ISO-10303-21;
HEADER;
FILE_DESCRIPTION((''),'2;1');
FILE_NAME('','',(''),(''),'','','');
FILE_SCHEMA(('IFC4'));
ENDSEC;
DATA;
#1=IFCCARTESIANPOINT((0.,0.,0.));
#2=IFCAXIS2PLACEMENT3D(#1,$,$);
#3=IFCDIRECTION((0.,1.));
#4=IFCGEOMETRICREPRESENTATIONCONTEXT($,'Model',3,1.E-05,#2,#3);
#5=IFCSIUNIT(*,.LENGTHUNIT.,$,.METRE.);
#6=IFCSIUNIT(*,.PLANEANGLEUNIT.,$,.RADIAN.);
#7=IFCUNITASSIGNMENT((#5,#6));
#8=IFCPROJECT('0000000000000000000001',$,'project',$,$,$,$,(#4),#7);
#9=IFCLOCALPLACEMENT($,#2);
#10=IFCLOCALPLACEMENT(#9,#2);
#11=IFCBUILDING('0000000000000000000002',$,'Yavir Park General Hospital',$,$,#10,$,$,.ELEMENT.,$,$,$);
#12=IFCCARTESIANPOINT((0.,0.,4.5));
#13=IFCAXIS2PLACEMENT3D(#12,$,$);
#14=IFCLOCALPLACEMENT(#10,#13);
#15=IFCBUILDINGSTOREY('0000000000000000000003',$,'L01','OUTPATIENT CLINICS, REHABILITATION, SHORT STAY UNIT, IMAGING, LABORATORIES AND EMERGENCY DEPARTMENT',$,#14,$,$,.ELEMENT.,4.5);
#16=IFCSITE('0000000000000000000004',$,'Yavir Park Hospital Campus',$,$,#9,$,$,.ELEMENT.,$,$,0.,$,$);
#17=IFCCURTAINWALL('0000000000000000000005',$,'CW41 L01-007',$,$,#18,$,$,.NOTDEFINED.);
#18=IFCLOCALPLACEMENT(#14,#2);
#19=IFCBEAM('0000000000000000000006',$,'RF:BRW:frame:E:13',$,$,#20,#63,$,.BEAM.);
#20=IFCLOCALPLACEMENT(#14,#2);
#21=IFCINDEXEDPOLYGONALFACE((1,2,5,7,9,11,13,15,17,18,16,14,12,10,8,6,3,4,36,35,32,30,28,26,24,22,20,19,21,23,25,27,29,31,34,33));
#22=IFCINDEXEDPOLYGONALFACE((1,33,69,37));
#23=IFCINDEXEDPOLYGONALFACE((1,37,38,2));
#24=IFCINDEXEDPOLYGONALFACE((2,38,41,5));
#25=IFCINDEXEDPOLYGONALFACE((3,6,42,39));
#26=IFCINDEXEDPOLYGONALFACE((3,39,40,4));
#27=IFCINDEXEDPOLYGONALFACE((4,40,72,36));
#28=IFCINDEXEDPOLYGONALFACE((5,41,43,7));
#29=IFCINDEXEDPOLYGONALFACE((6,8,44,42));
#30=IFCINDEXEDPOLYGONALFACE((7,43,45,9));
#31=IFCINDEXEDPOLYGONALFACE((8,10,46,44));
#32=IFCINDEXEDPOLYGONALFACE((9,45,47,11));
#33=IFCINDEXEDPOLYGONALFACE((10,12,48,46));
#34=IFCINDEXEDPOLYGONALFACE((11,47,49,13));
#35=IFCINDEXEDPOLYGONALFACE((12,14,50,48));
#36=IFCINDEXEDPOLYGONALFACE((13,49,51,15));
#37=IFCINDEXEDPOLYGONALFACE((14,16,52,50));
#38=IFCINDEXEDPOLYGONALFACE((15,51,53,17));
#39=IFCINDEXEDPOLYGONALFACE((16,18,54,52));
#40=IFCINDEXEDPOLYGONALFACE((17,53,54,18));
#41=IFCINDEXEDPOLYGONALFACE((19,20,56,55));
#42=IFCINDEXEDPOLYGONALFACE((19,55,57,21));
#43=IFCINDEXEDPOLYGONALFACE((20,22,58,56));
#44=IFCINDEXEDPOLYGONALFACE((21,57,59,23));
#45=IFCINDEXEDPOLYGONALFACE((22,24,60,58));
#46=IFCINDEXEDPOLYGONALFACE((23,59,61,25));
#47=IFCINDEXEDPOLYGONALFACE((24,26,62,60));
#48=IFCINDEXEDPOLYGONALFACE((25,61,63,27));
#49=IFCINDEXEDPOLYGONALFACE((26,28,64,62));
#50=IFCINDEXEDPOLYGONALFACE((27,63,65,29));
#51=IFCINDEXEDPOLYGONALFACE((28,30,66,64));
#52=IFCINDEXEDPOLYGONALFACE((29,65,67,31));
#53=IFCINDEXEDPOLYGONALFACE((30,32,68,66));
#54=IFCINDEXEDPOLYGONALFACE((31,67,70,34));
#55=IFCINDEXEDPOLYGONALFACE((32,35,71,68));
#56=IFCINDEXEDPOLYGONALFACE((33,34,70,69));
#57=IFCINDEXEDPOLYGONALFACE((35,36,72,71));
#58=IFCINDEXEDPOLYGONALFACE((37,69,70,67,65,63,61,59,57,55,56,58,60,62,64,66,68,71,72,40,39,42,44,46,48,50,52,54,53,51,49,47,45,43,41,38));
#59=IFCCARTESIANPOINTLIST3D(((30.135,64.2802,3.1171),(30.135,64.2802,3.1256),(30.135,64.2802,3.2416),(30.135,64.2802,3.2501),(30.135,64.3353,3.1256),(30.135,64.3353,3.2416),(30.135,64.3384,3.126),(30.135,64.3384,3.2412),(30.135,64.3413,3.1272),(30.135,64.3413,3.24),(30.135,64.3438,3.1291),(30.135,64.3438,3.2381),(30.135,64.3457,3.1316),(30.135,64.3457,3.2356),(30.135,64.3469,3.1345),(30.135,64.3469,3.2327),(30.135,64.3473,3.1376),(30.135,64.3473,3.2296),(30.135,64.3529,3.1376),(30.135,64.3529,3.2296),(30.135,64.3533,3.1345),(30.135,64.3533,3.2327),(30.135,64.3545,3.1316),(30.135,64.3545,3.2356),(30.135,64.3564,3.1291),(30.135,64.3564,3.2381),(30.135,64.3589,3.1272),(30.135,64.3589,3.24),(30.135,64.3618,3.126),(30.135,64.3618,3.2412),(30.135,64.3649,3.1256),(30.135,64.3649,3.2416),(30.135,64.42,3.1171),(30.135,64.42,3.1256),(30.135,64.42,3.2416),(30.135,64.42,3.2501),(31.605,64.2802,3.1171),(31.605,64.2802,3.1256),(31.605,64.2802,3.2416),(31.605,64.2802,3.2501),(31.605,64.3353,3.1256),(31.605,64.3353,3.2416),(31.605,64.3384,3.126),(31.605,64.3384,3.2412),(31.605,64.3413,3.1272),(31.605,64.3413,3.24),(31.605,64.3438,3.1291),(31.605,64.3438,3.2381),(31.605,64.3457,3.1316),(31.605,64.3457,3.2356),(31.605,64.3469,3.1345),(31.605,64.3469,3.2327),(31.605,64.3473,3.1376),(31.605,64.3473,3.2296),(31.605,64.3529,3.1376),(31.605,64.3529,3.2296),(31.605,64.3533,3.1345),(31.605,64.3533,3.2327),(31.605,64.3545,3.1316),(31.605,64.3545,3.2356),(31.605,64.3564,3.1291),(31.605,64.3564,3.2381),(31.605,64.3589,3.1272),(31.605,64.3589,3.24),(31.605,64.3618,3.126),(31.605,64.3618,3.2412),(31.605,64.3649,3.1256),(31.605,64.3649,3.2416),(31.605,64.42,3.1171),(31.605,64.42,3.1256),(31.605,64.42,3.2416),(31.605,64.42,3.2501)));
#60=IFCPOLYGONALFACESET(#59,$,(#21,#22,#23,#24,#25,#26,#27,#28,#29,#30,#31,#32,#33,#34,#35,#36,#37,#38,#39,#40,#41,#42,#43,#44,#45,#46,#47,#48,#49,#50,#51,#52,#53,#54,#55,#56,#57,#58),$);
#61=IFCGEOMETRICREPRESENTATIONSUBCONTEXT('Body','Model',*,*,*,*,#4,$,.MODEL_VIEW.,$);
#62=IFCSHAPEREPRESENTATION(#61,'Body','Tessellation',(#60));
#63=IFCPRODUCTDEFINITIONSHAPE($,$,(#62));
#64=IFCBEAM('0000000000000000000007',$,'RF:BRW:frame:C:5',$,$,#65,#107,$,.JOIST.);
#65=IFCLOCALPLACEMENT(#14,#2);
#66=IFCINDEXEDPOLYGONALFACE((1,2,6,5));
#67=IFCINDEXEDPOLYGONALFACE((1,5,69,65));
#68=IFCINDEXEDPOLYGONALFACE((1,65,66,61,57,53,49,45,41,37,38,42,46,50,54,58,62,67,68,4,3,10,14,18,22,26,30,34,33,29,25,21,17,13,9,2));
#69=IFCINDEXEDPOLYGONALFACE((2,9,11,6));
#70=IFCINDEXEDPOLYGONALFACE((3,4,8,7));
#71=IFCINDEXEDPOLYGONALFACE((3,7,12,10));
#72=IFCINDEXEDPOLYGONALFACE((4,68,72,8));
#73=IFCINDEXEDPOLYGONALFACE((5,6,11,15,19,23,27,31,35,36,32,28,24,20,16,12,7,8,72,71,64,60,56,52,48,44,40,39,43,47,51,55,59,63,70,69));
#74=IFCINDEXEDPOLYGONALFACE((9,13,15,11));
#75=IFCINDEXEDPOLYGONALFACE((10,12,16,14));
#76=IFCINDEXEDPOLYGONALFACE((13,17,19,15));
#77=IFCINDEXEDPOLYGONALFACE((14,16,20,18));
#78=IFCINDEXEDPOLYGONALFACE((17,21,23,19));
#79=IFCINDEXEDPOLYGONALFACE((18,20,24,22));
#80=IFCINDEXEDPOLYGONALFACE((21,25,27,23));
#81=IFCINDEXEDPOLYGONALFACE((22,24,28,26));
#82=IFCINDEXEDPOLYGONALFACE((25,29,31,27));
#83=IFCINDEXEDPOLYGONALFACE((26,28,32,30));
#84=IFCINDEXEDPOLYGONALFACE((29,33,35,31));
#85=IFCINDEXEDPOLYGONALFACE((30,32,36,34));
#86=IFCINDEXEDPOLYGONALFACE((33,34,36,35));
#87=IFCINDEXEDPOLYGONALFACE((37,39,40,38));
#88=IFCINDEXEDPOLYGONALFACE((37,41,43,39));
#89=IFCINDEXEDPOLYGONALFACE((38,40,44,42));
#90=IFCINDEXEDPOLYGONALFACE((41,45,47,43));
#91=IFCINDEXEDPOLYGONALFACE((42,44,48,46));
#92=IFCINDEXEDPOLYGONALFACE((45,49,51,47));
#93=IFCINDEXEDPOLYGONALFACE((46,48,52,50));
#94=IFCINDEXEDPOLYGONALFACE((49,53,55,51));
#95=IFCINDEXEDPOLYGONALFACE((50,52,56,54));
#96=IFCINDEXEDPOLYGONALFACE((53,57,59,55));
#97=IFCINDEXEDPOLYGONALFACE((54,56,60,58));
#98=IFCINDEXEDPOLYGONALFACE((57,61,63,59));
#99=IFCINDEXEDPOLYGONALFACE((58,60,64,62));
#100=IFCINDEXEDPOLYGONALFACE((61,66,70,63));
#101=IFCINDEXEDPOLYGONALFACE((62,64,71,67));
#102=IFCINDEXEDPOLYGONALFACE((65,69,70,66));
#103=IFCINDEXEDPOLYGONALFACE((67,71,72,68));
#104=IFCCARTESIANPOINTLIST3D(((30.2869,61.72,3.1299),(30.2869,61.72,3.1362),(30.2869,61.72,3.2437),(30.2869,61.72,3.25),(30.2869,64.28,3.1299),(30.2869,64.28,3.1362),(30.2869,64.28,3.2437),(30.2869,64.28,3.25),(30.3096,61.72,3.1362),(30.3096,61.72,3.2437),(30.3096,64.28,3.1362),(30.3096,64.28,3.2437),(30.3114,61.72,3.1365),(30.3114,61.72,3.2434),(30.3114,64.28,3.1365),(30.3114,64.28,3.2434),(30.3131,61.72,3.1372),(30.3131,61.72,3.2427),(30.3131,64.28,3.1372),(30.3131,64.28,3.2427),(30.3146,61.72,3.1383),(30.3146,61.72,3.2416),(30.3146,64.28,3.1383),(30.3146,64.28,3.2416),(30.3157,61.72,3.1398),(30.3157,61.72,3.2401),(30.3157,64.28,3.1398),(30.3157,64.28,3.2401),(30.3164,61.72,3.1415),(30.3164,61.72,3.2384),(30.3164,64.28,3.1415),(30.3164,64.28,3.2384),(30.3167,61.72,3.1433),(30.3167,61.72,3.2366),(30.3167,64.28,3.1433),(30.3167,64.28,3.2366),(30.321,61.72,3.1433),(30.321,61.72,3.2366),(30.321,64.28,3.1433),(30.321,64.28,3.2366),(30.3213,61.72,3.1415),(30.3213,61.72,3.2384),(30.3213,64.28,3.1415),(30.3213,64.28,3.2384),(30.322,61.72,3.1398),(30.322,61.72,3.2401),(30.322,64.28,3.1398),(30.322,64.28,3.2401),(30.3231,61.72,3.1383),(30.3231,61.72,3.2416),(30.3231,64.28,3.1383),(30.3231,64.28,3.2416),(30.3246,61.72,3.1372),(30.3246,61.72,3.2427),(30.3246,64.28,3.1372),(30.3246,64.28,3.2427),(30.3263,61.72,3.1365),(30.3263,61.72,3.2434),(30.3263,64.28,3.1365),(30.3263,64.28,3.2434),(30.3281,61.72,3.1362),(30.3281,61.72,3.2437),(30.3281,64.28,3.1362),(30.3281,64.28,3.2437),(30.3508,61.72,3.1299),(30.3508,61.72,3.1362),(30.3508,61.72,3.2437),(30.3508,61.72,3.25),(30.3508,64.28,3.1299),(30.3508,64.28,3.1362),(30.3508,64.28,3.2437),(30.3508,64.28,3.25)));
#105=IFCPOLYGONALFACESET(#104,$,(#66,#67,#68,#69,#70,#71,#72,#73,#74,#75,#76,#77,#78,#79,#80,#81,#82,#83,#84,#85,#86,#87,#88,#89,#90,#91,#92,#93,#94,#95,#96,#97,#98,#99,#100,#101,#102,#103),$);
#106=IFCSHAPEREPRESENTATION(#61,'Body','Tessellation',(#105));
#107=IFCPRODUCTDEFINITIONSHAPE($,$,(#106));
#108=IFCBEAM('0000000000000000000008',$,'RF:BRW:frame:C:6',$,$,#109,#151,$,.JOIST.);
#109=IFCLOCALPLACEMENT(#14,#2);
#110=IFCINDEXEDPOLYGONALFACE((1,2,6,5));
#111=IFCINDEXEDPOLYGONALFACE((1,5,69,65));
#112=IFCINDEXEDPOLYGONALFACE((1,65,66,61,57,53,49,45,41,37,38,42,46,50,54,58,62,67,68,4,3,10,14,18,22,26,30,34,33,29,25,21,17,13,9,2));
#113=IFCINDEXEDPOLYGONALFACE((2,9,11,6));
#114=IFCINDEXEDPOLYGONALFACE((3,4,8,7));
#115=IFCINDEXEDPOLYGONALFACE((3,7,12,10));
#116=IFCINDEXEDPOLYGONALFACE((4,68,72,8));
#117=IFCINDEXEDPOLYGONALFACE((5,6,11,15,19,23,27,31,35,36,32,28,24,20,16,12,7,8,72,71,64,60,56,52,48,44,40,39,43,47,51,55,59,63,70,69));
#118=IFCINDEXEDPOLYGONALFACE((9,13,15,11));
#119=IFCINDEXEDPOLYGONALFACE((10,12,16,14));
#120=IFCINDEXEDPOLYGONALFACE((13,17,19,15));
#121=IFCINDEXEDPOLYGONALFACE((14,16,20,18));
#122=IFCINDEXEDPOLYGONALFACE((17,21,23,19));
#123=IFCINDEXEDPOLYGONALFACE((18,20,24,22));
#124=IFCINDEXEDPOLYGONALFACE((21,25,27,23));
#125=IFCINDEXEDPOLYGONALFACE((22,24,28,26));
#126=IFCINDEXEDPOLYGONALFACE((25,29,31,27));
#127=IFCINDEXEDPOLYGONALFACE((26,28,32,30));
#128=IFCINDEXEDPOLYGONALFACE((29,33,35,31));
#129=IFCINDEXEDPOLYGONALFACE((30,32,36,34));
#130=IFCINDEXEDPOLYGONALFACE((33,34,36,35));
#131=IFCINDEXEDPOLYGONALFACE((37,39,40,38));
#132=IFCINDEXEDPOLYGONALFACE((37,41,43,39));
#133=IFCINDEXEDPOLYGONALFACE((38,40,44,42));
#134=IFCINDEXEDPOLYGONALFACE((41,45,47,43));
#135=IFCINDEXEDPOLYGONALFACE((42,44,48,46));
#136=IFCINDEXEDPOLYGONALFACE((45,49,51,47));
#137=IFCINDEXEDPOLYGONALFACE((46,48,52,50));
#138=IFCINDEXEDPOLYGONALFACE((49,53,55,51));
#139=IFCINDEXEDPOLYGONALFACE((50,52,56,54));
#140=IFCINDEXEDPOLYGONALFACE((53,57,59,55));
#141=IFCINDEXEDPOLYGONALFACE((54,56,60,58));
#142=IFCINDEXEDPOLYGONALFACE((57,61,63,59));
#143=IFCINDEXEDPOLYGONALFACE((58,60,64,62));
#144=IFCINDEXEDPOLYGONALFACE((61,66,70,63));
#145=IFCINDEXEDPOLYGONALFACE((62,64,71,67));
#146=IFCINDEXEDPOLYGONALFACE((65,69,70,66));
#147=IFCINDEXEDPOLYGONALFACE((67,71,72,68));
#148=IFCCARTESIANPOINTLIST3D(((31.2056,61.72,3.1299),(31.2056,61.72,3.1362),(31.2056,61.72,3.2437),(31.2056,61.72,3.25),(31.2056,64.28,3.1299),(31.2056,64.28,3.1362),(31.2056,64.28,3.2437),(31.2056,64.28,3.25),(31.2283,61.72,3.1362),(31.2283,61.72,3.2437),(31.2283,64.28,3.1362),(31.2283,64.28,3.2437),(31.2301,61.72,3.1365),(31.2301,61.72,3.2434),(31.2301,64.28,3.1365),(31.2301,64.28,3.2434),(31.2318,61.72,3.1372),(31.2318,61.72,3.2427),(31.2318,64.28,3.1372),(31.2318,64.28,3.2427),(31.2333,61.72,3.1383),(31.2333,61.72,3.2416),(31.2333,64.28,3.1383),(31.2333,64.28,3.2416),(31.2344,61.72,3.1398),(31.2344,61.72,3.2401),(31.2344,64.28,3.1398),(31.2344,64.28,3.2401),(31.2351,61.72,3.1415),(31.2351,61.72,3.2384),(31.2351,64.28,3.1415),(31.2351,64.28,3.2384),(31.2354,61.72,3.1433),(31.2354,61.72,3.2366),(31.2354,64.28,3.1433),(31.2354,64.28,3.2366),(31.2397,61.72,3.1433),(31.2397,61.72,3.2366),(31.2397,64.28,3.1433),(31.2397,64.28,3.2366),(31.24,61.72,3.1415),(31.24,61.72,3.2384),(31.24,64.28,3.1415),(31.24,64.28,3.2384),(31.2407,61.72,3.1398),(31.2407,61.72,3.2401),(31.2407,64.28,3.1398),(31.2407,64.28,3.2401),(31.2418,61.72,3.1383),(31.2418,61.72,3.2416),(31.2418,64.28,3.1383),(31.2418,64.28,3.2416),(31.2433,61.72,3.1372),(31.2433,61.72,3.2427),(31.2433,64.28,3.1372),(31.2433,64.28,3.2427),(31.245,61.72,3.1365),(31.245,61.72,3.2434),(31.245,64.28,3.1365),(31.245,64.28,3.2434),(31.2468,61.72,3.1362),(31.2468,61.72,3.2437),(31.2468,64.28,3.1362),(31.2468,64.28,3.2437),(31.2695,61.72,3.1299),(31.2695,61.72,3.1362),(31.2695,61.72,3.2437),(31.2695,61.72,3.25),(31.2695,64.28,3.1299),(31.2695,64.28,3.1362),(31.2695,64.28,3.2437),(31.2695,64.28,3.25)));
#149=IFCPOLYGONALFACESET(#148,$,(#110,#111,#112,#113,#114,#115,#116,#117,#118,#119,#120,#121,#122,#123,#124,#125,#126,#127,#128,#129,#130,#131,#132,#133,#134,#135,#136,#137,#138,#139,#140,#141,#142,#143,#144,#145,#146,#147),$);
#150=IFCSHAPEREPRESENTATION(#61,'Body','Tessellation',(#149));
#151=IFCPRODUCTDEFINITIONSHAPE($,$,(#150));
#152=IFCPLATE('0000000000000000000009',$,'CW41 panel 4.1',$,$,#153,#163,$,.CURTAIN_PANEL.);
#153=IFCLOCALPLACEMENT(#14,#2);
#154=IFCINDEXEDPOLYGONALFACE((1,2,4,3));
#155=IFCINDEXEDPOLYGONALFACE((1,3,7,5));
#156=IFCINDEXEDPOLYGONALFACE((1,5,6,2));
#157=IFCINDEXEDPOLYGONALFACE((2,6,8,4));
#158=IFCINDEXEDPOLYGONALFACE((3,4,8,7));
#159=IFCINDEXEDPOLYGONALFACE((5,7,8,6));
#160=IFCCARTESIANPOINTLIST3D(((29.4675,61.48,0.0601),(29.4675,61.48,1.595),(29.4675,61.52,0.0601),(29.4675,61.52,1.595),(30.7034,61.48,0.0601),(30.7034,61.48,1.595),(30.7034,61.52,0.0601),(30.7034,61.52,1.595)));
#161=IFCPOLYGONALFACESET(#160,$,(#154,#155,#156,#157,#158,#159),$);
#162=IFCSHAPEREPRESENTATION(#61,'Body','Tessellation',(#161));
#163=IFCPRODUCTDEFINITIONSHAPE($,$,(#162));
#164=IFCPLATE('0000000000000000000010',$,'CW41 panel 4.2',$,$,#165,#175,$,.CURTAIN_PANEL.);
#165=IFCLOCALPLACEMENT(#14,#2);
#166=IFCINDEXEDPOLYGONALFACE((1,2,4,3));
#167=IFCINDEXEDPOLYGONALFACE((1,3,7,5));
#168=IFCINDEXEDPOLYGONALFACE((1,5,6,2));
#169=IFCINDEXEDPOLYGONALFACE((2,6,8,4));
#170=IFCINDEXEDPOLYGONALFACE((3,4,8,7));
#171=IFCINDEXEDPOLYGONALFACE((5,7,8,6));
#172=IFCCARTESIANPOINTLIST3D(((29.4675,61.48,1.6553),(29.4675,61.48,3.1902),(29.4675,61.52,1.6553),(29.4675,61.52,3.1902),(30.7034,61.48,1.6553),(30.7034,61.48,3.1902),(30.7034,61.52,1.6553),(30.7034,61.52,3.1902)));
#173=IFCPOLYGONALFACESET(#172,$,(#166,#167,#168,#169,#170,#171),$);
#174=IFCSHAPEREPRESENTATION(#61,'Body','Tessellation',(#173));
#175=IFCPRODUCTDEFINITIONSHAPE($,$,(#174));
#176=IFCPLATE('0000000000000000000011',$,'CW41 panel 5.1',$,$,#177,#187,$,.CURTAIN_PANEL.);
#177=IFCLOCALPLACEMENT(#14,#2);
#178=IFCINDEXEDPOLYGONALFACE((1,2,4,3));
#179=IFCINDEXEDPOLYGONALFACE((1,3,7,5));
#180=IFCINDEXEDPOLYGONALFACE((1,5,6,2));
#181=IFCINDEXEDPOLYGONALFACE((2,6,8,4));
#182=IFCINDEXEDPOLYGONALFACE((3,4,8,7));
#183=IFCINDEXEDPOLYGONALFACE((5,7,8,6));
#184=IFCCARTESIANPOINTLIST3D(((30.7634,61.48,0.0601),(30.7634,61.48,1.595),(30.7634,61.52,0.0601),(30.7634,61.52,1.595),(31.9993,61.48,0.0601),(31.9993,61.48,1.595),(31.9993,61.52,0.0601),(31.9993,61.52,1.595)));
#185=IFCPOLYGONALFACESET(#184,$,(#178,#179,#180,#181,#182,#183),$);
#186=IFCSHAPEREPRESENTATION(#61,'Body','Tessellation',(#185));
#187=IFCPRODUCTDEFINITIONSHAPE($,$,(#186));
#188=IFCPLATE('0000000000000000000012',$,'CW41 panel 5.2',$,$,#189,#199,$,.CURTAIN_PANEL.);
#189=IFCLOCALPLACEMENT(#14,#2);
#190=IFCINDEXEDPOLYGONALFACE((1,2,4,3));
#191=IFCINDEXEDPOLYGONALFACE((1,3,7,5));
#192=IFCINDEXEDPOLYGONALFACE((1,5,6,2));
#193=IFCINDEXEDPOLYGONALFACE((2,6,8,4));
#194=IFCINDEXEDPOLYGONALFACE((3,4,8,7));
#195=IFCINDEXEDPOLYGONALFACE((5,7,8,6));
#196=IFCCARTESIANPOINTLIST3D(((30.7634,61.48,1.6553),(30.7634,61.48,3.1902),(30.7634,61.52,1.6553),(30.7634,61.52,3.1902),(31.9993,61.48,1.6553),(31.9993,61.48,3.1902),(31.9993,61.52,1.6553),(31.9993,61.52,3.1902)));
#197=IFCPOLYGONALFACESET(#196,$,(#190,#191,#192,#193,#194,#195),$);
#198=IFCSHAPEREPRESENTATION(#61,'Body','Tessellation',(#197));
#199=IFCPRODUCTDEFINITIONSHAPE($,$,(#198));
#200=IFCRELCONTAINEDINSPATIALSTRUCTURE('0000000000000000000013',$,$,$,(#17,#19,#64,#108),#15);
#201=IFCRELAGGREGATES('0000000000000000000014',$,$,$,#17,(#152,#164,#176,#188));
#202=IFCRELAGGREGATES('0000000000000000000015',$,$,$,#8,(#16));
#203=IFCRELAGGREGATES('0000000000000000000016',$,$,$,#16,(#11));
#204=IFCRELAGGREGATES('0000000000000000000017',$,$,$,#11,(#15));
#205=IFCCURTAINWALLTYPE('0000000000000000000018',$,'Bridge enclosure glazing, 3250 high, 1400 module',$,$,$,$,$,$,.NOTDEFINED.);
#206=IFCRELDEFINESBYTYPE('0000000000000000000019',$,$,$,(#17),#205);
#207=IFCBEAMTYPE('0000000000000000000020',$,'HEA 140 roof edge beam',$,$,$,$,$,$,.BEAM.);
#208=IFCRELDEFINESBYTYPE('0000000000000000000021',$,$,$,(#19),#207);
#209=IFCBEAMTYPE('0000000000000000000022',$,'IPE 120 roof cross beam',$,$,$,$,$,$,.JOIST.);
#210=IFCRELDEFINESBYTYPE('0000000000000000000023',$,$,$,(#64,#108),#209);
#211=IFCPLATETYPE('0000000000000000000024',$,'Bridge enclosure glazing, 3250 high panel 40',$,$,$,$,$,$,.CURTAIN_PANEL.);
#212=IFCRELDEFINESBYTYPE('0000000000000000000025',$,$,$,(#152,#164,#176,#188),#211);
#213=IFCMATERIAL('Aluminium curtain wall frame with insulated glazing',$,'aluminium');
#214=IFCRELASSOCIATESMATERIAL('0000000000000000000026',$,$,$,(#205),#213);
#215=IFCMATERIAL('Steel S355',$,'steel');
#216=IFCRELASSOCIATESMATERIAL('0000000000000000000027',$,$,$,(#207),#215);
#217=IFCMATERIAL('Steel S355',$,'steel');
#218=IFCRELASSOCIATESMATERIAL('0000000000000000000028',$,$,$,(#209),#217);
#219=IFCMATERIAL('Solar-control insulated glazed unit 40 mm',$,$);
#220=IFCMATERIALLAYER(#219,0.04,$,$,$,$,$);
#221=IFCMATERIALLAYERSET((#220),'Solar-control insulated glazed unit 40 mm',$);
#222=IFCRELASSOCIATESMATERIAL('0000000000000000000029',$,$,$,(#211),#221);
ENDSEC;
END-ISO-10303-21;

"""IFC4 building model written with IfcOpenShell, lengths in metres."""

from ifc_helpers import new_model, si_unit, direction, frame, origin, origin_2d, place, context, subcontext, project, spatial, rectangle, i_section, extrude, material, layer, layer_set, material_profile, profile_set, type_object, element, aggregate, save


model = new_model("IFC4")

# Units and contexts
model_context = context("Model", 3, precision=1e-05, world=origin(), true_north=direction((0.0, 1.0)))
body_context = subcontext(model_context, "Body", "Model", "MODEL_VIEW")
ifc_project = project(units=[si_unit("LENGTHUNIT", "METRE"), si_unit("PLANEANGLEUNIT", "RADIAN")], contexts=[model_context])

# Site, building, storey
site_placement = place(None, origin())
site = spatial("IfcSite", under=ifc_project, at=site_placement, Name="Yavir Park Hospital Campus", CompositionType="ELEMENT", RefElevation=0.0)
building_placement = place(site_placement, origin())
building = spatial("IfcBuilding", under=site, at=building_placement, Name="Yavir Park General Hospital", CompositionType="ELEMENT")
storey_placement = place(building_placement, frame((0.0, 0.0, 4.5)))
storey = spatial("IfcBuildingStorey", under=building, at=storey_placement, Name="L01", Description="OUTPATIENT CLINICS, REHABILITATION, SHORT STAY UNIT, IMAGING, LABORATORIES AND EMERGENCY DEPARTMENT", CompositionType="ELEMENT", Elevation=4.5)

# Curtain wall
ifc_material_1 = material(Name="Aluminium curtain wall frame with insulated glazing", Category="aluminium")
curtain_wall_type = type_object("IfcCurtainWallType", Name="Bridge enclosure glazing, 3250 high, 1400 module", PredefinedType="NOTDEFINED", material=ifc_material_1)
curtain_wall_1_placement = place(storey_placement, origin())
curtain_wall_1 = element("IfcCurtainWall", 1, at=curtain_wall_1_placement, inside=storey, type_object=curtain_wall_type, Name="CW41 L01-007", PredefinedType="NOTDEFINED")

# Beams
ifc_material_2 = material(Name="Steel S355", Category="steel")
ifc_material_profile_1 = material_profile(ifc_material_2, i_section(OverallWidth=0.1399, OverallDepth=0.1331, WebThickness=0.0056, FlangeThickness=0.0085, FilletRadius=0.012, at=origin_2d()), Name="HEA140")
ifc_profile_set_1 = profile_set([ifc_material_profile_1], Name="Steel S355")
beam_type_1 = type_object("IfcBeamType", Name="HEA 140 roof edge beam", PredefinedType="BEAM", material=ifc_profile_set_1)
for number, where, z_axis, x_axis, name in (
    (2, (30.135, 64.3501, 3.1836), (1.0, 0.0, 0.0), (0.0, 1.0, 0.0), "RF:BRW:frame:E:13"),
):
    element("IfcBeam", number, at=place(storey_placement, frame(where, z_axis=z_axis, x_axis=x_axis)), inside=storey, type_object=beam_type_1, Name=name, PredefinedType="BEAM", context=body_context, shape_type="SweptSolid", body=[
        extrude(i_section(OverallWidth=0.1399, OverallDepth=0.1331, WebThickness=0.0056, FlangeThickness=0.0085, FilletRadius=0.012, at=origin_2d()), origin(), (0.0, 0.0, 1.0), 1.47),
    ])
ifc_material_3 = material(Name="Steel S355", Category="steel")
ifc_material_profile_2 = material_profile(ifc_material_3, i_section(OverallWidth=0.064, OverallDepth=0.1201, WebThickness=0.0044, FlangeThickness=0.0063, FilletRadius=0.0071, at=origin_2d()), Name="IPE120")
ifc_profile_set_2 = profile_set([ifc_material_profile_2], Name="Steel S355")
beam_type_2 = type_object("IfcBeamType", Name="IPE 120 roof cross beam", PredefinedType="JOIST", material=ifc_profile_set_2)
for number, where, z_axis, x_axis, name in (
    (3, (30.3188, 61.72, 3.1899), (0.0, 1.0, 0.0), (-1.0, 0.0, 0.0), "RF:BRW:frame:C:5"),
    (4, (31.2375, 61.72, 3.1899), (0.0, 1.0, 0.0), (-1.0, 0.0, 0.0), "RF:BRW:frame:C:6"),
):
    element("IfcBeam", number, at=place(storey_placement, frame(where, z_axis=z_axis, x_axis=x_axis)), inside=storey, type_object=beam_type_2, Name=name, PredefinedType="JOIST", context=body_context, shape_type="SweptSolid", body=[
        extrude(i_section(OverallWidth=0.064, OverallDepth=0.1201, WebThickness=0.0044, FlangeThickness=0.0063, FilletRadius=0.0071, at=origin_2d()), origin(), (0.0, 0.0, 1.0), 2.5601),
    ])

# Plates
ifc_material_4 = material(Name="Solar-control insulated glazed unit 40 mm")
ifc_layer = layer(ifc_material_4, 0.04)
ifc_layer_set = layer_set([ifc_layer], Name="Solar-control insulated glazed unit 40 mm")
plate_type = type_object("IfcPlateType", Name="Bridge enclosure glazing, 3250 high panel 40", PredefinedType="CURTAIN_PANEL", material=ifc_layer_set)
plate_1_placement = place(storey_placement, frame((30.0854, 61.5, 0.0601), z_axis=(0.0, 0.0, 1.0), x_axis=(1.0, 0.0, 0.0)))
plate_1 = element("IfcPlate", 5, at=plate_1_placement, type_object=plate_type, Name="CW41 panel 4.1", PredefinedType="CURTAIN_PANEL", context=body_context, shape_type="SweptSolid", body=[
    extrude(rectangle(XDim=1.2358, YDim=0.04, at=origin_2d()), origin(), (0.0, 0.0, 1.0), 1.5349),
])
plate_2_placement = place(storey_placement, frame((30.0854, 61.5, 1.6553), z_axis=(0.0, 0.0, 1.0), x_axis=(1.0, 0.0, 0.0)))
plate_2 = element("IfcPlate", 6, at=plate_2_placement, type_object=plate_type, Name="CW41 panel 4.2", PredefinedType="CURTAIN_PANEL", context=body_context, shape_type="SweptSolid", body=[
    extrude(rectangle(XDim=1.2358, YDim=0.04, at=origin_2d()), origin(), (0.0, 0.0, 1.0), 1.5349),
])
plate_3_placement = place(storey_placement, frame((31.3813, 61.5, 0.0601), z_axis=(0.0, 0.0, 1.0), x_axis=(1.0, 0.0, 0.0)))
plate_3 = element("IfcPlate", 7, at=plate_3_placement, type_object=plate_type, Name="CW41 panel 5.1", PredefinedType="CURTAIN_PANEL", context=body_context, shape_type="SweptSolid", body=[
    extrude(rectangle(XDim=1.2358, YDim=0.04, at=origin_2d()), origin(), (0.0, 0.0, 1.0), 1.5349),
])
plate_4_placement = place(storey_placement, frame((31.3813, 61.5, 1.6553), z_axis=(0.0, 0.0, 1.0), x_axis=(1.0, 0.0, 0.0)))
plate_4 = element("IfcPlate", 8, at=plate_4_placement, type_object=plate_type, Name="CW41 panel 5.2", PredefinedType="CURTAIN_PANEL", context=body_context, shape_type="SweptSolid", body=[
    extrude(rectangle(XDim=1.2358, YDim=0.04, at=origin_2d()), origin(), (0.0, 0.0, 1.0), 1.5349),
])
aggregate(curtain_wall_1, [plate_1, plate_2, plate_3, plate_4])

save(model, "model.ifc")
